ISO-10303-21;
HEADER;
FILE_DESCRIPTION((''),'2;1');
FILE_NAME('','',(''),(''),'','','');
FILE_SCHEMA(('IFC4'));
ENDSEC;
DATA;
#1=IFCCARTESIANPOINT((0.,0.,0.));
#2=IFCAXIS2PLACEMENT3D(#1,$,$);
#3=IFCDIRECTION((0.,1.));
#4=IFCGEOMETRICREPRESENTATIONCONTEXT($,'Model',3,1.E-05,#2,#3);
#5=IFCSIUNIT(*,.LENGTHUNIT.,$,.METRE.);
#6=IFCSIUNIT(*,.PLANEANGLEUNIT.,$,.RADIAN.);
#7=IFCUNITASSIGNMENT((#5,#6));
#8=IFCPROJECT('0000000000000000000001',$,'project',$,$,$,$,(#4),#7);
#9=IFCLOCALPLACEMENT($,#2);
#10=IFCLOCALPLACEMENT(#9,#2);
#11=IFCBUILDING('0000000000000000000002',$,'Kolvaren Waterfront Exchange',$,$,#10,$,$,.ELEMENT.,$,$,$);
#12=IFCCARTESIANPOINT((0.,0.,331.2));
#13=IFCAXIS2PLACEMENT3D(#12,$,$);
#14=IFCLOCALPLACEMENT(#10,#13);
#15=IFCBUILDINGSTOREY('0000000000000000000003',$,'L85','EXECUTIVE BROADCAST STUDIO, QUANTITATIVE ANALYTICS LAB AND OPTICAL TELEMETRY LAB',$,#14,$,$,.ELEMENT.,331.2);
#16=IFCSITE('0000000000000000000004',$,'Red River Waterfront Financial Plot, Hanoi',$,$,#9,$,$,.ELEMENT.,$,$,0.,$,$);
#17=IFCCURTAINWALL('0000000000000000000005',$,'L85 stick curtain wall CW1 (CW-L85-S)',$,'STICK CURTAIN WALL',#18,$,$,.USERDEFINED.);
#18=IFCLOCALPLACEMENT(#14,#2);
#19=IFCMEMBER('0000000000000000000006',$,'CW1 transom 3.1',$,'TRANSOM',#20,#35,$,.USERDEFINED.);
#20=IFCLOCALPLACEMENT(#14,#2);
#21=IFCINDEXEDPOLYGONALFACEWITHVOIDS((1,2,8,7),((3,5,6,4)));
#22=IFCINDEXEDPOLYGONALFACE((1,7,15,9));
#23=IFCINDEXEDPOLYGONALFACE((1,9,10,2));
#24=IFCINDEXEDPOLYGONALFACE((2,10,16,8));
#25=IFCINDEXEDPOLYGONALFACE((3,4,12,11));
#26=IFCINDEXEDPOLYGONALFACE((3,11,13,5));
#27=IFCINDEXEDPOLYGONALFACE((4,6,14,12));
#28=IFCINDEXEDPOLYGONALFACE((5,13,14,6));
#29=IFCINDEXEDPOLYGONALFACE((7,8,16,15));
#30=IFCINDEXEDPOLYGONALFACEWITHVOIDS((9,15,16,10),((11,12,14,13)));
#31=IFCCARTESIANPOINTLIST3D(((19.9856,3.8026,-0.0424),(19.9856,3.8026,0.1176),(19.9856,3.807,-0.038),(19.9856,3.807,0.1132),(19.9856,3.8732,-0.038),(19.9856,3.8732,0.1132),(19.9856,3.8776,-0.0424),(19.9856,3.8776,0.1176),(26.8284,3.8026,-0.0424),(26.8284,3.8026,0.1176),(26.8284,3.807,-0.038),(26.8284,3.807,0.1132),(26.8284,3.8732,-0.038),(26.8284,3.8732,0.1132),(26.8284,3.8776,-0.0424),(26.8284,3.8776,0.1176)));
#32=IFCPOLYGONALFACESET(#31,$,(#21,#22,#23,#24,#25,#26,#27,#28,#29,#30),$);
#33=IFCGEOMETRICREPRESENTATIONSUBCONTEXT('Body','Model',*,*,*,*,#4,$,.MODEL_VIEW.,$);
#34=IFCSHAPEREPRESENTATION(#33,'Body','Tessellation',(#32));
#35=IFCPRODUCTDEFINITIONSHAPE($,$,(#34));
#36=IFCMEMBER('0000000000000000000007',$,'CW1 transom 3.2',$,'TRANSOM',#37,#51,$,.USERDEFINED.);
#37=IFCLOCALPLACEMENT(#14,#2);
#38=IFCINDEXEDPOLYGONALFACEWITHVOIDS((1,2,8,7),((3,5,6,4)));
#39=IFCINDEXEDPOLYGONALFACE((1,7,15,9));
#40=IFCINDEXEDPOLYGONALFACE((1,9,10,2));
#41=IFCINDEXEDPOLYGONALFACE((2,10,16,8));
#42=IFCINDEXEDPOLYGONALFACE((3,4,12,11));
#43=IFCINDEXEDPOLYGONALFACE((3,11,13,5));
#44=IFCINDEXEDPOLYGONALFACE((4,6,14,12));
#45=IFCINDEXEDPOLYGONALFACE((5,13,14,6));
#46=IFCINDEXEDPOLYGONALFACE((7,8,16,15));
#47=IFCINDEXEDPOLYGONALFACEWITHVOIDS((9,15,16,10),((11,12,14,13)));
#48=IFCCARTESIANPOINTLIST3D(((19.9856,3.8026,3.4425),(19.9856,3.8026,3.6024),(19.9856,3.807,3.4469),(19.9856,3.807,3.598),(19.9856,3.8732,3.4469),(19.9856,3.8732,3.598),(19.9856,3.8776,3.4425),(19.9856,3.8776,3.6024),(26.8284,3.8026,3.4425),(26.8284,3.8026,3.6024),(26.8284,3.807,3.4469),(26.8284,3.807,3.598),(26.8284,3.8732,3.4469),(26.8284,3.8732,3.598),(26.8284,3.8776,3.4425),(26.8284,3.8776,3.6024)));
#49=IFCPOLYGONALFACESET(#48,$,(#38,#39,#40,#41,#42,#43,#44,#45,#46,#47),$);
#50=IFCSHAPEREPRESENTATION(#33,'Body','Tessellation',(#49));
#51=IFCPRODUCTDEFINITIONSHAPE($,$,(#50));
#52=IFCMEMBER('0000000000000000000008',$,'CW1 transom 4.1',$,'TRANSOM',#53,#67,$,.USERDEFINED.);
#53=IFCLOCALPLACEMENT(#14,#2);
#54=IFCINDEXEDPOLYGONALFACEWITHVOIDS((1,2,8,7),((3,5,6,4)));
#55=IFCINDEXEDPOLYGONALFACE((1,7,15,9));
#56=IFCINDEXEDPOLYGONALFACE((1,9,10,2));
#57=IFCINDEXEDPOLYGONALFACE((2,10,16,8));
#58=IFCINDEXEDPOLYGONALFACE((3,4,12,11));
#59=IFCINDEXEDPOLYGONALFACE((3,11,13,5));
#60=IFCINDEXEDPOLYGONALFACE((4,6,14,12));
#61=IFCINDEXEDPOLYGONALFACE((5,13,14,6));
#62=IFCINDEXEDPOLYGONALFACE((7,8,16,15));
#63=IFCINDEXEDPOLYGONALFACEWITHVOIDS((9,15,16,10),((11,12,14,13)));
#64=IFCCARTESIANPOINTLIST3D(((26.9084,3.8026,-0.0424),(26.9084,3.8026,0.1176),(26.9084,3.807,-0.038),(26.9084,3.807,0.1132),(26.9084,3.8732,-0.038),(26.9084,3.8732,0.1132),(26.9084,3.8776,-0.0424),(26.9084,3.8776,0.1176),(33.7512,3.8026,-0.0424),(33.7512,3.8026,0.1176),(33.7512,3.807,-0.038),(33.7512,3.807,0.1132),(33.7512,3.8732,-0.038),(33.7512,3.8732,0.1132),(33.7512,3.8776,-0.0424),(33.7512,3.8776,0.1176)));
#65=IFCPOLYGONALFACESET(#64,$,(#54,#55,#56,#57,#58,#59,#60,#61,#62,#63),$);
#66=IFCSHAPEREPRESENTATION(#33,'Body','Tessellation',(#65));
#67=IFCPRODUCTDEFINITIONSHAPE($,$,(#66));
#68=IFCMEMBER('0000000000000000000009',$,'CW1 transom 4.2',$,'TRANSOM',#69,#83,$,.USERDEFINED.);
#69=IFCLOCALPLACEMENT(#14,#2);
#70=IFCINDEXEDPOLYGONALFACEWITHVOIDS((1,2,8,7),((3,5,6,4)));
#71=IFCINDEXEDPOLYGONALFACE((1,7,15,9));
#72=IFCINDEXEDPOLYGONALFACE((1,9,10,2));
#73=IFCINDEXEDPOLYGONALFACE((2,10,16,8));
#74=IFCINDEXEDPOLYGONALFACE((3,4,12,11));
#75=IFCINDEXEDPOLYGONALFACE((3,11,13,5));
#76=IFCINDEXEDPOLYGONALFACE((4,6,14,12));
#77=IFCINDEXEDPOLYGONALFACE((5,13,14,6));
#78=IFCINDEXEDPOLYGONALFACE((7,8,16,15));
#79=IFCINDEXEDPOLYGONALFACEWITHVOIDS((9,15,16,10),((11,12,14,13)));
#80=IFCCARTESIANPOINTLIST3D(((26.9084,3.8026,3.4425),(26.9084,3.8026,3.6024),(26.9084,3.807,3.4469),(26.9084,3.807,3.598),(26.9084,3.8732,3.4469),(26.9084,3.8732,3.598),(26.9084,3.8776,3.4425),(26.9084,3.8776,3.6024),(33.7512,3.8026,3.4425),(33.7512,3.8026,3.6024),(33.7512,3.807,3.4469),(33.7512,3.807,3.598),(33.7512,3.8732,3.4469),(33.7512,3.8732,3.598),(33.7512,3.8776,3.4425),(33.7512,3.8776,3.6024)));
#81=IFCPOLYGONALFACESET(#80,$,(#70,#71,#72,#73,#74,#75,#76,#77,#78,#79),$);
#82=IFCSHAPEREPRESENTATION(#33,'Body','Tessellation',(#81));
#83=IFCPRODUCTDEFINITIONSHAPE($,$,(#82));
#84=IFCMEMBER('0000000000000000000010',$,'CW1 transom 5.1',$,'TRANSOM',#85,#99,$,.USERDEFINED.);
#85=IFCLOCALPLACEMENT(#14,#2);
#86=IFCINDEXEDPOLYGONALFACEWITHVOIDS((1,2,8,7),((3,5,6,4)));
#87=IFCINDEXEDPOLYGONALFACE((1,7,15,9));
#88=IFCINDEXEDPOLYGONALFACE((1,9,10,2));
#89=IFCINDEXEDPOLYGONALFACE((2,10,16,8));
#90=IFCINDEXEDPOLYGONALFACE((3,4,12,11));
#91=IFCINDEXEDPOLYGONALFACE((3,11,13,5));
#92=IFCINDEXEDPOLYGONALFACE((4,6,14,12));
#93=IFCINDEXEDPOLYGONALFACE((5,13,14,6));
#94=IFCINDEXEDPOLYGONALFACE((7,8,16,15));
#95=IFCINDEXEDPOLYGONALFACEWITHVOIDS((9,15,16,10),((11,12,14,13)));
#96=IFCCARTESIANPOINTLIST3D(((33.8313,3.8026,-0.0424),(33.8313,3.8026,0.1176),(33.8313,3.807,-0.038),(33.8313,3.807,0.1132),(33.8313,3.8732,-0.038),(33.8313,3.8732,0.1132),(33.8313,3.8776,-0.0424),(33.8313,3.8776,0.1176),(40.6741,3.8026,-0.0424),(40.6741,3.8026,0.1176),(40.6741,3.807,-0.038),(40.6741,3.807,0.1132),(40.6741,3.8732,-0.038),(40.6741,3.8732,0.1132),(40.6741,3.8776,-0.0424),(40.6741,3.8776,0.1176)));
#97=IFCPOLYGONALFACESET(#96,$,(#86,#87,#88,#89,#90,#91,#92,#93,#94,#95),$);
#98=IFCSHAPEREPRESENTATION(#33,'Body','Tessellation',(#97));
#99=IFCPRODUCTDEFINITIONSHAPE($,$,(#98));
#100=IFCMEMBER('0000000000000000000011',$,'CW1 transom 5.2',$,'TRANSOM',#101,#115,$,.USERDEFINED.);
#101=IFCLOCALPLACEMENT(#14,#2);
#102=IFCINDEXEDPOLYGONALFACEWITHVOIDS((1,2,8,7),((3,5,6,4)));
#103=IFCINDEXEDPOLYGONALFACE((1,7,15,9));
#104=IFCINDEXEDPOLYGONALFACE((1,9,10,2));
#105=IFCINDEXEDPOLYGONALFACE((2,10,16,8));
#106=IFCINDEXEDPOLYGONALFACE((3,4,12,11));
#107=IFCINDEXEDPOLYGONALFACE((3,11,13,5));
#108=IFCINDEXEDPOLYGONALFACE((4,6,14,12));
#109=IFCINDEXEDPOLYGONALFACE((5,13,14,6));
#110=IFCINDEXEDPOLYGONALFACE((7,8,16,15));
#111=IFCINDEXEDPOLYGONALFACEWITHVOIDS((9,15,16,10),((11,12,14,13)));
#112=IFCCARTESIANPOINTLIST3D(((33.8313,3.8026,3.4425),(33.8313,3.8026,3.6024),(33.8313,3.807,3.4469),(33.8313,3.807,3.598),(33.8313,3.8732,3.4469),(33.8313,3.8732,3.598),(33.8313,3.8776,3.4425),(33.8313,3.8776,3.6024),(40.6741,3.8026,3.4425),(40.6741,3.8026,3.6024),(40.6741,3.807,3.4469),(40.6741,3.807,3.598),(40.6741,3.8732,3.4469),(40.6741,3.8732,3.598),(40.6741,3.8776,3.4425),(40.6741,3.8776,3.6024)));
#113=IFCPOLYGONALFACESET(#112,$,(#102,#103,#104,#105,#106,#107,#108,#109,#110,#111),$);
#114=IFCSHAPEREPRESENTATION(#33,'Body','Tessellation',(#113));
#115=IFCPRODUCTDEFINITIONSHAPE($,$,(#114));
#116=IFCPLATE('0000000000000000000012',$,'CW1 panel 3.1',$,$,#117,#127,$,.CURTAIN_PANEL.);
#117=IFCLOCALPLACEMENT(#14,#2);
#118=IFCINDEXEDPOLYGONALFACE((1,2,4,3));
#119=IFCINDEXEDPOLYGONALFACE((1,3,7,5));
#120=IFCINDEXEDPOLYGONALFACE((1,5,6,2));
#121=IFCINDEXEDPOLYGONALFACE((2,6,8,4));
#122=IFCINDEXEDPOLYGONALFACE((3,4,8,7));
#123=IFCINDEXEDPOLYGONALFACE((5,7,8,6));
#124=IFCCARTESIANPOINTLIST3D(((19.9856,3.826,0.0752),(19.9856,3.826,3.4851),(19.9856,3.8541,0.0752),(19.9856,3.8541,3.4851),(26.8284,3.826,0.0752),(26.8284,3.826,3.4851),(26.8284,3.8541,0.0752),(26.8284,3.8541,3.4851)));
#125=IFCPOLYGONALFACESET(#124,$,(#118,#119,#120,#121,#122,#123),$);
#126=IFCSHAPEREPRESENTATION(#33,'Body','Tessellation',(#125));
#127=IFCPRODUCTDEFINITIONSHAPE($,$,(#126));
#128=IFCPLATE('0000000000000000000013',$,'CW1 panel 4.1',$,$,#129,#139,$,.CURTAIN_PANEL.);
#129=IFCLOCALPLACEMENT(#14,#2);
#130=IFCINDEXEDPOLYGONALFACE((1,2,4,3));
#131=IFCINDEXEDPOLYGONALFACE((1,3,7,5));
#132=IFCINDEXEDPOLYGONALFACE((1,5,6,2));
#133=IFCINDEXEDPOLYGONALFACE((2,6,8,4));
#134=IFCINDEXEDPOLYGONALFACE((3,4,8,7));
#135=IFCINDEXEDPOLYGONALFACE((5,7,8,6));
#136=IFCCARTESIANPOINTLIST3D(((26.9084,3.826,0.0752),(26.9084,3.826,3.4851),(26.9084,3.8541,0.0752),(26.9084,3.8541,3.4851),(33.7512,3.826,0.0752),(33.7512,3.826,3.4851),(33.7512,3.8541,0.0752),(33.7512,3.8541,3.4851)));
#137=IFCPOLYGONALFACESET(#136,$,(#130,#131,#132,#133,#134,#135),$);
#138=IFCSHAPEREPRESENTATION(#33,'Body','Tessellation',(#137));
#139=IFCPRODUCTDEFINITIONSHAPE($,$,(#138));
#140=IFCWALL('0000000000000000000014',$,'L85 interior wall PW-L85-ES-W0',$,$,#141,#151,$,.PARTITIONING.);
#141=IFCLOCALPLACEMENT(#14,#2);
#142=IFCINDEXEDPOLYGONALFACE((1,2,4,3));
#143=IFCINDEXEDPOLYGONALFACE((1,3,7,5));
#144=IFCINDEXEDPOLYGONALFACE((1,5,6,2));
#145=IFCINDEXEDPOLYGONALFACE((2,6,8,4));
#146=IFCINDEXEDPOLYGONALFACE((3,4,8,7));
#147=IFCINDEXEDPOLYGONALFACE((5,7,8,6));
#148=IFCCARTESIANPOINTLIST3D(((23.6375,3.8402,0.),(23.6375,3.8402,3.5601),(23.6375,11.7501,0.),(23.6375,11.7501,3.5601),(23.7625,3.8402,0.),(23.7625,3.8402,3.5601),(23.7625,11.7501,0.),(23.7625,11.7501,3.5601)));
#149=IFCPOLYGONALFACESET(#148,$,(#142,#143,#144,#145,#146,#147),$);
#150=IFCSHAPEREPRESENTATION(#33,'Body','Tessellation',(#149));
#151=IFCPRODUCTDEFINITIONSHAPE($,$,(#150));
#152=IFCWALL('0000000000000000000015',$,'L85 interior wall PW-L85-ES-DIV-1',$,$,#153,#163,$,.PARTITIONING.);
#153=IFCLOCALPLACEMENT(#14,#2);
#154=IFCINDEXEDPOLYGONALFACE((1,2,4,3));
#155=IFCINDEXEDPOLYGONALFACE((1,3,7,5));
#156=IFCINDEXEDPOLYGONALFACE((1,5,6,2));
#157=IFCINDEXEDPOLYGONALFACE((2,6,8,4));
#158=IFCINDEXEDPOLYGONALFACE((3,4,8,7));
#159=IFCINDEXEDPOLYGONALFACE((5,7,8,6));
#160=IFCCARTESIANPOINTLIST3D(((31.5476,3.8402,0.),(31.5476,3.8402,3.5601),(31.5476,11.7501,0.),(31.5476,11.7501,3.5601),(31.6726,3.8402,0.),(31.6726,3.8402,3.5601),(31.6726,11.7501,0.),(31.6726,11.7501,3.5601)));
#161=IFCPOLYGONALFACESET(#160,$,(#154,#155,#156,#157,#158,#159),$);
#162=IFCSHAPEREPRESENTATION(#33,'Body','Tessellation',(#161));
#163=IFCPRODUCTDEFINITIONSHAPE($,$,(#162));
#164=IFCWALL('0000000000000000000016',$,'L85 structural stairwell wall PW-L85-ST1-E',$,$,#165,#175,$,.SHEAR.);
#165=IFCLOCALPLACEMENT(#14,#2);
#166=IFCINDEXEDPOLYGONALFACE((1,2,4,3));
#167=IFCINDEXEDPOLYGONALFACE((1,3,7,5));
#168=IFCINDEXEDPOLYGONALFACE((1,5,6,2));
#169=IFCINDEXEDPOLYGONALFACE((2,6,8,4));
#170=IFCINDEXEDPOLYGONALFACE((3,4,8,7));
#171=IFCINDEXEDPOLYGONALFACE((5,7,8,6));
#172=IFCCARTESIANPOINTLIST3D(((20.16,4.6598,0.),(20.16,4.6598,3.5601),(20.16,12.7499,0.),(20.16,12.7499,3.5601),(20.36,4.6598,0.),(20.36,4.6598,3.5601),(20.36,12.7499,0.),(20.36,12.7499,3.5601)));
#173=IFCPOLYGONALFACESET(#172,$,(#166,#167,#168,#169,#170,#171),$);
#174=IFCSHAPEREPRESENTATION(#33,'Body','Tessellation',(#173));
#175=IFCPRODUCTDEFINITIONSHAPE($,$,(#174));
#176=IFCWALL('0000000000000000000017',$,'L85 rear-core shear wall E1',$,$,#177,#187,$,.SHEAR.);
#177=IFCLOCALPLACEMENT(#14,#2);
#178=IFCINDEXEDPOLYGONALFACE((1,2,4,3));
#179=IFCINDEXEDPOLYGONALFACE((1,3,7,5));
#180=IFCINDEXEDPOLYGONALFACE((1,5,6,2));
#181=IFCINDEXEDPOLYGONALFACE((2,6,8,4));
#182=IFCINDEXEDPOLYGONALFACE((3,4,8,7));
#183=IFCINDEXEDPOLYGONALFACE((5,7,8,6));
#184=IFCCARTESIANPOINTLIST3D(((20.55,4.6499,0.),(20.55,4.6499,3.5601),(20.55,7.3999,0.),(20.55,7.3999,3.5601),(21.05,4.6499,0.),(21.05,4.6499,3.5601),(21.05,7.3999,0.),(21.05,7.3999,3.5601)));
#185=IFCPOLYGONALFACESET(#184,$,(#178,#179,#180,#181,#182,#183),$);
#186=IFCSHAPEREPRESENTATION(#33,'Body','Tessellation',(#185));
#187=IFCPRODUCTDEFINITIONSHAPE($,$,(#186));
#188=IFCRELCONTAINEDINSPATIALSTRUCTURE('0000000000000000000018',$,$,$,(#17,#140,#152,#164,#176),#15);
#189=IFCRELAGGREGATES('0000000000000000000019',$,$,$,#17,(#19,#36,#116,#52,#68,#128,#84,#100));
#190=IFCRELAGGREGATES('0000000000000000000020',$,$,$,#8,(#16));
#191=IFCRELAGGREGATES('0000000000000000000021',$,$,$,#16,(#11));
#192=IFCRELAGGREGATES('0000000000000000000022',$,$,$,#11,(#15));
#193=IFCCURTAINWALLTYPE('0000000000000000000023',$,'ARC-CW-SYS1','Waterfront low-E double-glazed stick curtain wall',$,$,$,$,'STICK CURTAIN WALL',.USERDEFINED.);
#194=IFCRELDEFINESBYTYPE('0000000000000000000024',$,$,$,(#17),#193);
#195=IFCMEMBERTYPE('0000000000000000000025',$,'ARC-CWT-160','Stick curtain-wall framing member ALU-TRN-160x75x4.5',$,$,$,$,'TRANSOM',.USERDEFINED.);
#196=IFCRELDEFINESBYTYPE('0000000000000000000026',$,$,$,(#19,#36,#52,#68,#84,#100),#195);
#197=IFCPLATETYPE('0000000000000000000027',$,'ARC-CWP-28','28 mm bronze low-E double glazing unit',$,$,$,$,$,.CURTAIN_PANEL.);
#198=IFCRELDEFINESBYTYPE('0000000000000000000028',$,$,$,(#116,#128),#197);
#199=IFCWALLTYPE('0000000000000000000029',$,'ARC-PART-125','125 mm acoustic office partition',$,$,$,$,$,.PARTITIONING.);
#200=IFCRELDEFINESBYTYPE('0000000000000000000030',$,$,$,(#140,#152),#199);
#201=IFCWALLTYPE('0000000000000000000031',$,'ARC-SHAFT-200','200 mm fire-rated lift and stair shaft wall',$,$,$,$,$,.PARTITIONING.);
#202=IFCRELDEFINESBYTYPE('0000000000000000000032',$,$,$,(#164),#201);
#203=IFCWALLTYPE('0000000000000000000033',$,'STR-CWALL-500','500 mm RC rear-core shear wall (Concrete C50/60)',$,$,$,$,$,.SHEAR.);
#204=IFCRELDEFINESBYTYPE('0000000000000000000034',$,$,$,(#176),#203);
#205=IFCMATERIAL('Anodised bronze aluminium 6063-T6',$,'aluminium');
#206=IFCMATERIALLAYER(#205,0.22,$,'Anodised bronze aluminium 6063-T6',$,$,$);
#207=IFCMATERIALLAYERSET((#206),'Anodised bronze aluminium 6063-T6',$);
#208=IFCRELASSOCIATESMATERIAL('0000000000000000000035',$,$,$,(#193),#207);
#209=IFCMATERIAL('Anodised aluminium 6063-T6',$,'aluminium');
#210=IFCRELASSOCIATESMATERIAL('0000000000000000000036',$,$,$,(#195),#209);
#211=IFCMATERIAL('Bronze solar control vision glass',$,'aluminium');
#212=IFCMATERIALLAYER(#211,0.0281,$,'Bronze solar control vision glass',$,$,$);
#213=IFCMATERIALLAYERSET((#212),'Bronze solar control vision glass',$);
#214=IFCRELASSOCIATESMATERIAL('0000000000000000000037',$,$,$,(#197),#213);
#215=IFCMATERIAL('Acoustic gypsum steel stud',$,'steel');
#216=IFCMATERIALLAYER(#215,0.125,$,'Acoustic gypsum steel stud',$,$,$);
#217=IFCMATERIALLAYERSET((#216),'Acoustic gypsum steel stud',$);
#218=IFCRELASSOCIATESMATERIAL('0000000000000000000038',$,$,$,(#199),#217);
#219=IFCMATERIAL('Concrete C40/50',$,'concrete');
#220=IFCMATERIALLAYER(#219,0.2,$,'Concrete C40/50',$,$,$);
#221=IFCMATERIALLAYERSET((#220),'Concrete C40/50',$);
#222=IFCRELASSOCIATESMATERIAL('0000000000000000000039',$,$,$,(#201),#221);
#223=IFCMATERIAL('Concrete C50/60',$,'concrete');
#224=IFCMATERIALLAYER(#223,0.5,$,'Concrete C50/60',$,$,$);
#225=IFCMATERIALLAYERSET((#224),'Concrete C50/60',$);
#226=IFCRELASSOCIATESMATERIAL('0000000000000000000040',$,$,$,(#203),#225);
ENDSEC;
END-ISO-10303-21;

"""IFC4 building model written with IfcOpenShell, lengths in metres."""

from ifc_helpers import new_model, si_unit, direction, frame, frame_2d, origin, origin_with_axes, origin_2d, place, context, subcontext, project, spatial, rectangle, hollow_rectangle, extrude, source, transform, mapped, material, layer, layer_set, material_profile, profile_set, type_object, element, aggregate, save


model = new_model("IFC4")

# Units and contexts
model_context = context("Model", 3, precision=1e-05, world=origin(), true_north=direction((0.0, 1.0)))
body_context = subcontext(model_context, "Body", "Model", "MODEL_VIEW")
ifc_project = project(units=[si_unit("LENGTHUNIT", "METRE"), si_unit("PLANEANGLEUNIT", "RADIAN")], contexts=[model_context])

# Site, building, storey
site_placement = place(None, origin())
site = spatial("IfcSite", under=ifc_project, at=site_placement, Name="Red River Waterfront Financial Plot, Hanoi", CompositionType="ELEMENT", RefElevation=0.0)
building_placement = place(site_placement, origin())
building = spatial("IfcBuilding", under=site, at=building_placement, Name="Kolvaren Waterfront Exchange", CompositionType="ELEMENT")
storey_placement = place(building_placement, frame((0.0, 0.0, 331.2)))
storey = spatial("IfcBuildingStorey", under=building, at=storey_placement, Name="L85", Description="EXECUTIVE BROADCAST STUDIO, QUANTITATIVE ANALYTICS LAB AND OPTICAL TELEMETRY LAB", CompositionType="ELEMENT", Elevation=331.2)

# Shared definitions
ifc_material_1 = material(Name="Concrete C50/60", Category="concrete")

# Shared definitions
ifc_material_2 = material(Name="Anodised bronze aluminium 6063-T6", Category="aluminium")

# Curtain wall, members, plates
ifc_layer_1 = layer(ifc_material_2, 0.22, Name="Anodised bronze aluminium 6063-T6")
ifc_layer_set_1 = layer_set([ifc_layer_1], Name="Anodised bronze aluminium 6063-T6")
curtain_wall_type_1 = type_object("IfcCurtainWallType", Name="ARC-CW-SYS1", Description="Waterfront low-E double-glazed stick curtain wall", ElementType="STICK CURTAIN WALL", PredefinedType="USERDEFINED", material=ifc_layer_set_1)
curtain_wall_1_placement = place(storey_placement, origin())
curtain_wall_1 = element("IfcCurtainWall", 1, at=curtain_wall_1_placement, inside=storey, type_object=curtain_wall_type_1, Name="L85 stick curtain wall CW1 (CW-L85-S)", ObjectType="STICK CURTAIN WALL", PredefinedType="USERDEFINED")
ifc_material_3 = material(Name="Anodised aluminium 6063-T6", Category="aluminium")
ifc_material_profile_1 = material_profile(ifc_material_3, hollow_rectangle(XDim=0.075, YDim=0.1599, WallThickness=0.0044, at=origin_2d()), Name="ALU-TRN-160x75x4.5")
ifc_profile_set_1 = profile_set([ifc_material_profile_1], Name="Anodised aluminium 6063-T6")
member_type_1 = type_object("IfcMemberType", Name="ARC-CWT-160", Description="Stick curtain-wall framing member ALU-TRN-160x75x4.5", ElementType="TRANSOM", PredefinedType="USERDEFINED", material=ifc_profile_set_1)
shared_shape_1 = source(origin_with_axes(), body_context, "Body", "SweptSolid", [
    extrude(hollow_rectangle(XDim=0.075, YDim=0.1599, WallThickness=0.0044, at=origin_2d()), origin(), (0.0, 0.0, 1.0), 6.8428),
])
member_1_placement = place(storey_placement, frame((19.9856, 3.8401, 0.0376), z_axis=(1.0, 0.0, 0.0), x_axis=(0.0, 1.0, 0.0)))
member_1 = element("IfcMember", 2, at=member_1_placement, type_object=member_type_1, Name="CW1 transom 3.1", ObjectType="TRANSOM", PredefinedType="USERDEFINED", context=body_context, shape_type="MappedRepresentation", body=[
    mapped(shared_shape_1, transform((0.0, 0.0, 0.0), x_axis=(1.0, 0.0, 0.0), y_axis=(0.0, 1.0, 0.0), z_axis=(0.0, 0.0, 1.0), scale=1.0)),
])
member_2_placement = place(storey_placement, frame((19.9856, 3.8401, 3.5225), z_axis=(1.0, 0.0, 0.0), x_axis=(0.0, 1.0, 0.0)))
member_2 = element("IfcMember", 3, at=member_2_placement, type_object=member_type_1, Name="CW1 transom 3.2", ObjectType="TRANSOM", PredefinedType="USERDEFINED", context=body_context, shape_type="MappedRepresentation", body=[
    mapped(shared_shape_1, transform((0.0, 0.0, 0.0), x_axis=(1.0, 0.0, 0.0), y_axis=(0.0, 1.0, 0.0), z_axis=(0.0, 0.0, 1.0), scale=1.0)),
])
member_3_placement = place(storey_placement, frame((26.9084, 3.8401, 0.0376), z_axis=(1.0, 0.0, 0.0), x_axis=(0.0, 1.0, 0.0)))
member_3 = element("IfcMember", 4, at=member_3_placement, type_object=member_type_1, Name="CW1 transom 4.1", ObjectType="TRANSOM", PredefinedType="USERDEFINED", context=body_context, shape_type="MappedRepresentation", body=[
    mapped(shared_shape_1, transform((0.0, 0.0, 0.0), x_axis=(1.0, 0.0, 0.0), y_axis=(0.0, 1.0, 0.0), z_axis=(0.0, 0.0, 1.0), scale=1.0)),
])
member_4_placement = place(storey_placement, frame((26.9084, 3.8401, 3.5225), z_axis=(1.0, 0.0, 0.0), x_axis=(0.0, 1.0, 0.0)))
member_4 = element("IfcMember", 5, at=member_4_placement, type_object=member_type_1, Name="CW1 transom 4.2", ObjectType="TRANSOM", PredefinedType="USERDEFINED", context=body_context, shape_type="MappedRepresentation", body=[
    mapped(shared_shape_1, transform((0.0, 0.0, 0.0), x_axis=(1.0, 0.0, 0.0), y_axis=(0.0, 1.0, 0.0), z_axis=(0.0, 0.0, 1.0), scale=1.0)),
])
member_5_placement = place(storey_placement, frame((33.8313, 3.8401, 0.0376), z_axis=(1.0, 0.0, 0.0), x_axis=(0.0, 1.0, 0.0)))
member_5 = element("IfcMember", 6, at=member_5_placement, type_object=member_type_1, Name="CW1 transom 5.1", ObjectType="TRANSOM", PredefinedType="USERDEFINED", context=body_context, shape_type="MappedRepresentation", body=[
    mapped(shared_shape_1, transform((0.0, 0.0, 0.0), x_axis=(1.0, 0.0, 0.0), y_axis=(0.0, 1.0, 0.0), z_axis=(0.0, 0.0, 1.0), scale=1.0)),
])
member_6_placement = place(storey_placement, frame((33.8313, 3.8401, 3.5225), z_axis=(1.0, 0.0, 0.0), x_axis=(0.0, 1.0, 0.0)))
member_6 = element("IfcMember", 7, at=member_6_placement, type_object=member_type_1, Name="CW1 transom 5.2", ObjectType="TRANSOM", PredefinedType="USERDEFINED", context=body_context, shape_type="MappedRepresentation", body=[
    mapped(shared_shape_1, transform((0.0, 0.0, 0.0), x_axis=(1.0, 0.0, 0.0), y_axis=(0.0, 1.0, 0.0), z_axis=(0.0, 0.0, 1.0), scale=1.0)),
])
ifc_material_4 = material(Name="Bronze solar control vision glass", Category="aluminium")
ifc_layer_2 = layer(ifc_material_4, 0.0281, Name="Bronze solar control vision glass")
ifc_layer_set_2 = layer_set([ifc_layer_2], Name="Bronze solar control vision glass")
plate_type = type_object("IfcPlateType", Name="ARC-CWP-28", Description="28 mm bronze low-E double glazing unit", PredefinedType="CURTAIN_PANEL", material=ifc_layer_set_2)
shared_shape_2 = source(origin_with_axes(), body_context, "Body", "SweptSolid", [
    extrude(rectangle(XDim=6.8428, YDim=0.0281, at=origin_2d()), origin(), (0.0, 0.0, 1.0), 3.4099),
])
plate_1_placement = place(storey_placement, frame((23.407, 3.8401, 0.0752), z_axis=(0.0, 0.0, 1.0), x_axis=(1.0, 0.0, 0.0)))
plate_1 = element("IfcPlate", 8, at=plate_1_placement, type_object=plate_type, Name="CW1 panel 3.1", PredefinedType="CURTAIN_PANEL", context=body_context, shape_type="MappedRepresentation", body=[
    mapped(shared_shape_2, transform((0.0, 0.0, 0.0), x_axis=(1.0, 0.0, 0.0), y_axis=(0.0, 1.0, 0.0), z_axis=(0.0, 0.0, 1.0), scale=1.0)),
])
plate_2_placement = place(storey_placement, frame((30.3298, 3.8401, 0.0752), z_axis=(0.0, 0.0, 1.0), x_axis=(1.0, 0.0, 0.0)))
plate_2 = element("IfcPlate", 9, at=plate_2_placement, type_object=plate_type, Name="CW1 panel 4.1", PredefinedType="CURTAIN_PANEL", context=body_context, shape_type="MappedRepresentation", body=[
    mapped(shared_shape_2, transform((0.0, 0.0, 0.0), x_axis=(1.0, 0.0, 0.0), y_axis=(0.0, 1.0, 0.0), z_axis=(0.0, 0.0, 1.0), scale=1.0)),
])
aggregate(curtain_wall_1, [member_1, member_2, plate_1, member_3, member_4, plate_2, member_5, member_6])

# Walls
ifc_material_5 = material(Name="Acoustic gypsum steel stud", Category="steel")
ifc_layer_3 = layer(ifc_material_5, 0.125, Name="Acoustic gypsum steel stud")
ifc_layer_set_3 = layer_set([ifc_layer_3], Name="Acoustic gypsum steel stud")
wall_type_1 = type_object("IfcWallType", Name="ARC-PART-125", Description="125 mm acoustic office partition", PredefinedType="PARTITIONING", material=ifc_layer_set_3)
for number, where, z_axis, x_axis, name in (
    (10, (23.7, 3.8401, 0.0), (0.0, 0.0, 1.0), (0.0, 1.0, 0.0), "L85 interior wall PW-L85-ES-W0"),
    (11, (31.6101, 3.8401, 0.0), (0.0, 0.0, 1.0), (0.0, 1.0, 0.0), "L85 interior wall PW-L85-ES-DIV-1"),
):
    element("IfcWall", number, at=place(storey_placement, frame(where, z_axis=z_axis, x_axis=x_axis)), inside=storey, type_object=wall_type_1, Name=name, PredefinedType="PARTITIONING", context=body_context, shape_type="SweptSolid", body=[
        extrude(rectangle(XDim=7.9099, YDim=0.125, at=frame_2d((3.9551, 0.0))), origin(), (0.0, 0.0, 1.0), 3.5601),
    ])
ifc_material_6 = material(Name="Concrete C40/50", Category="concrete")
ifc_layer_4 = layer(ifc_material_6, 0.2, Name="Concrete C40/50")
ifc_layer_set_4 = layer_set([ifc_layer_4], Name="Concrete C40/50")
wall_type_2 = type_object("IfcWallType", Name="ARC-SHAFT-200", Description="200 mm fire-rated lift and stair shaft wall", PredefinedType="PARTITIONING", material=ifc_layer_set_4)
wall_1_placement = place(storey_placement, frame((20.26, 4.6599, 0.0), z_axis=(0.0, 0.0, 1.0), x_axis=(0.0, 1.0, 0.0)))
element("IfcWall", 12, at=wall_1_placement, inside=storey, type_object=wall_type_2, Name="L85 structural stairwell wall PW-L85-ST1-E", PredefinedType="SHEAR", context=body_context, shape_type="SweptSolid", body=[
    extrude(rectangle(XDim=8.0901, YDim=0.2, at=frame_2d((4.0449, 0.0))), origin(), (0.0, 0.0, 1.0), 3.5601),
])
ifc_layer_5 = layer(ifc_material_1, 0.5, Name="Concrete C50/60")
ifc_layer_set_5 = layer_set([ifc_layer_5], Name="Concrete C50/60")
wall_type_3 = type_object("IfcWallType", Name="STR-CWALL-500", Description="500 mm RC rear-core shear wall (Concrete C50/60)", PredefinedType="SHEAR", material=ifc_layer_set_5)
wall_2_placement = place(storey_placement, frame((20.8, 4.6499, 0.0), z_axis=(0.0, 0.0, 1.0), x_axis=(0.0, 1.0, 0.0)))
element("IfcWall", 13, at=wall_2_placement, inside=storey, type_object=wall_type_3, Name="L85 rear-core shear wall E1", PredefinedType="SHEAR", context=body_context, shape_type="SweptSolid", body=[
    extrude(rectangle(XDim=2.75, YDim=0.5, at=frame_2d((1.375, 0.0))), origin(), (0.0, 0.0, 1.0), 3.5601),
])

save(model, "model.ifc")
